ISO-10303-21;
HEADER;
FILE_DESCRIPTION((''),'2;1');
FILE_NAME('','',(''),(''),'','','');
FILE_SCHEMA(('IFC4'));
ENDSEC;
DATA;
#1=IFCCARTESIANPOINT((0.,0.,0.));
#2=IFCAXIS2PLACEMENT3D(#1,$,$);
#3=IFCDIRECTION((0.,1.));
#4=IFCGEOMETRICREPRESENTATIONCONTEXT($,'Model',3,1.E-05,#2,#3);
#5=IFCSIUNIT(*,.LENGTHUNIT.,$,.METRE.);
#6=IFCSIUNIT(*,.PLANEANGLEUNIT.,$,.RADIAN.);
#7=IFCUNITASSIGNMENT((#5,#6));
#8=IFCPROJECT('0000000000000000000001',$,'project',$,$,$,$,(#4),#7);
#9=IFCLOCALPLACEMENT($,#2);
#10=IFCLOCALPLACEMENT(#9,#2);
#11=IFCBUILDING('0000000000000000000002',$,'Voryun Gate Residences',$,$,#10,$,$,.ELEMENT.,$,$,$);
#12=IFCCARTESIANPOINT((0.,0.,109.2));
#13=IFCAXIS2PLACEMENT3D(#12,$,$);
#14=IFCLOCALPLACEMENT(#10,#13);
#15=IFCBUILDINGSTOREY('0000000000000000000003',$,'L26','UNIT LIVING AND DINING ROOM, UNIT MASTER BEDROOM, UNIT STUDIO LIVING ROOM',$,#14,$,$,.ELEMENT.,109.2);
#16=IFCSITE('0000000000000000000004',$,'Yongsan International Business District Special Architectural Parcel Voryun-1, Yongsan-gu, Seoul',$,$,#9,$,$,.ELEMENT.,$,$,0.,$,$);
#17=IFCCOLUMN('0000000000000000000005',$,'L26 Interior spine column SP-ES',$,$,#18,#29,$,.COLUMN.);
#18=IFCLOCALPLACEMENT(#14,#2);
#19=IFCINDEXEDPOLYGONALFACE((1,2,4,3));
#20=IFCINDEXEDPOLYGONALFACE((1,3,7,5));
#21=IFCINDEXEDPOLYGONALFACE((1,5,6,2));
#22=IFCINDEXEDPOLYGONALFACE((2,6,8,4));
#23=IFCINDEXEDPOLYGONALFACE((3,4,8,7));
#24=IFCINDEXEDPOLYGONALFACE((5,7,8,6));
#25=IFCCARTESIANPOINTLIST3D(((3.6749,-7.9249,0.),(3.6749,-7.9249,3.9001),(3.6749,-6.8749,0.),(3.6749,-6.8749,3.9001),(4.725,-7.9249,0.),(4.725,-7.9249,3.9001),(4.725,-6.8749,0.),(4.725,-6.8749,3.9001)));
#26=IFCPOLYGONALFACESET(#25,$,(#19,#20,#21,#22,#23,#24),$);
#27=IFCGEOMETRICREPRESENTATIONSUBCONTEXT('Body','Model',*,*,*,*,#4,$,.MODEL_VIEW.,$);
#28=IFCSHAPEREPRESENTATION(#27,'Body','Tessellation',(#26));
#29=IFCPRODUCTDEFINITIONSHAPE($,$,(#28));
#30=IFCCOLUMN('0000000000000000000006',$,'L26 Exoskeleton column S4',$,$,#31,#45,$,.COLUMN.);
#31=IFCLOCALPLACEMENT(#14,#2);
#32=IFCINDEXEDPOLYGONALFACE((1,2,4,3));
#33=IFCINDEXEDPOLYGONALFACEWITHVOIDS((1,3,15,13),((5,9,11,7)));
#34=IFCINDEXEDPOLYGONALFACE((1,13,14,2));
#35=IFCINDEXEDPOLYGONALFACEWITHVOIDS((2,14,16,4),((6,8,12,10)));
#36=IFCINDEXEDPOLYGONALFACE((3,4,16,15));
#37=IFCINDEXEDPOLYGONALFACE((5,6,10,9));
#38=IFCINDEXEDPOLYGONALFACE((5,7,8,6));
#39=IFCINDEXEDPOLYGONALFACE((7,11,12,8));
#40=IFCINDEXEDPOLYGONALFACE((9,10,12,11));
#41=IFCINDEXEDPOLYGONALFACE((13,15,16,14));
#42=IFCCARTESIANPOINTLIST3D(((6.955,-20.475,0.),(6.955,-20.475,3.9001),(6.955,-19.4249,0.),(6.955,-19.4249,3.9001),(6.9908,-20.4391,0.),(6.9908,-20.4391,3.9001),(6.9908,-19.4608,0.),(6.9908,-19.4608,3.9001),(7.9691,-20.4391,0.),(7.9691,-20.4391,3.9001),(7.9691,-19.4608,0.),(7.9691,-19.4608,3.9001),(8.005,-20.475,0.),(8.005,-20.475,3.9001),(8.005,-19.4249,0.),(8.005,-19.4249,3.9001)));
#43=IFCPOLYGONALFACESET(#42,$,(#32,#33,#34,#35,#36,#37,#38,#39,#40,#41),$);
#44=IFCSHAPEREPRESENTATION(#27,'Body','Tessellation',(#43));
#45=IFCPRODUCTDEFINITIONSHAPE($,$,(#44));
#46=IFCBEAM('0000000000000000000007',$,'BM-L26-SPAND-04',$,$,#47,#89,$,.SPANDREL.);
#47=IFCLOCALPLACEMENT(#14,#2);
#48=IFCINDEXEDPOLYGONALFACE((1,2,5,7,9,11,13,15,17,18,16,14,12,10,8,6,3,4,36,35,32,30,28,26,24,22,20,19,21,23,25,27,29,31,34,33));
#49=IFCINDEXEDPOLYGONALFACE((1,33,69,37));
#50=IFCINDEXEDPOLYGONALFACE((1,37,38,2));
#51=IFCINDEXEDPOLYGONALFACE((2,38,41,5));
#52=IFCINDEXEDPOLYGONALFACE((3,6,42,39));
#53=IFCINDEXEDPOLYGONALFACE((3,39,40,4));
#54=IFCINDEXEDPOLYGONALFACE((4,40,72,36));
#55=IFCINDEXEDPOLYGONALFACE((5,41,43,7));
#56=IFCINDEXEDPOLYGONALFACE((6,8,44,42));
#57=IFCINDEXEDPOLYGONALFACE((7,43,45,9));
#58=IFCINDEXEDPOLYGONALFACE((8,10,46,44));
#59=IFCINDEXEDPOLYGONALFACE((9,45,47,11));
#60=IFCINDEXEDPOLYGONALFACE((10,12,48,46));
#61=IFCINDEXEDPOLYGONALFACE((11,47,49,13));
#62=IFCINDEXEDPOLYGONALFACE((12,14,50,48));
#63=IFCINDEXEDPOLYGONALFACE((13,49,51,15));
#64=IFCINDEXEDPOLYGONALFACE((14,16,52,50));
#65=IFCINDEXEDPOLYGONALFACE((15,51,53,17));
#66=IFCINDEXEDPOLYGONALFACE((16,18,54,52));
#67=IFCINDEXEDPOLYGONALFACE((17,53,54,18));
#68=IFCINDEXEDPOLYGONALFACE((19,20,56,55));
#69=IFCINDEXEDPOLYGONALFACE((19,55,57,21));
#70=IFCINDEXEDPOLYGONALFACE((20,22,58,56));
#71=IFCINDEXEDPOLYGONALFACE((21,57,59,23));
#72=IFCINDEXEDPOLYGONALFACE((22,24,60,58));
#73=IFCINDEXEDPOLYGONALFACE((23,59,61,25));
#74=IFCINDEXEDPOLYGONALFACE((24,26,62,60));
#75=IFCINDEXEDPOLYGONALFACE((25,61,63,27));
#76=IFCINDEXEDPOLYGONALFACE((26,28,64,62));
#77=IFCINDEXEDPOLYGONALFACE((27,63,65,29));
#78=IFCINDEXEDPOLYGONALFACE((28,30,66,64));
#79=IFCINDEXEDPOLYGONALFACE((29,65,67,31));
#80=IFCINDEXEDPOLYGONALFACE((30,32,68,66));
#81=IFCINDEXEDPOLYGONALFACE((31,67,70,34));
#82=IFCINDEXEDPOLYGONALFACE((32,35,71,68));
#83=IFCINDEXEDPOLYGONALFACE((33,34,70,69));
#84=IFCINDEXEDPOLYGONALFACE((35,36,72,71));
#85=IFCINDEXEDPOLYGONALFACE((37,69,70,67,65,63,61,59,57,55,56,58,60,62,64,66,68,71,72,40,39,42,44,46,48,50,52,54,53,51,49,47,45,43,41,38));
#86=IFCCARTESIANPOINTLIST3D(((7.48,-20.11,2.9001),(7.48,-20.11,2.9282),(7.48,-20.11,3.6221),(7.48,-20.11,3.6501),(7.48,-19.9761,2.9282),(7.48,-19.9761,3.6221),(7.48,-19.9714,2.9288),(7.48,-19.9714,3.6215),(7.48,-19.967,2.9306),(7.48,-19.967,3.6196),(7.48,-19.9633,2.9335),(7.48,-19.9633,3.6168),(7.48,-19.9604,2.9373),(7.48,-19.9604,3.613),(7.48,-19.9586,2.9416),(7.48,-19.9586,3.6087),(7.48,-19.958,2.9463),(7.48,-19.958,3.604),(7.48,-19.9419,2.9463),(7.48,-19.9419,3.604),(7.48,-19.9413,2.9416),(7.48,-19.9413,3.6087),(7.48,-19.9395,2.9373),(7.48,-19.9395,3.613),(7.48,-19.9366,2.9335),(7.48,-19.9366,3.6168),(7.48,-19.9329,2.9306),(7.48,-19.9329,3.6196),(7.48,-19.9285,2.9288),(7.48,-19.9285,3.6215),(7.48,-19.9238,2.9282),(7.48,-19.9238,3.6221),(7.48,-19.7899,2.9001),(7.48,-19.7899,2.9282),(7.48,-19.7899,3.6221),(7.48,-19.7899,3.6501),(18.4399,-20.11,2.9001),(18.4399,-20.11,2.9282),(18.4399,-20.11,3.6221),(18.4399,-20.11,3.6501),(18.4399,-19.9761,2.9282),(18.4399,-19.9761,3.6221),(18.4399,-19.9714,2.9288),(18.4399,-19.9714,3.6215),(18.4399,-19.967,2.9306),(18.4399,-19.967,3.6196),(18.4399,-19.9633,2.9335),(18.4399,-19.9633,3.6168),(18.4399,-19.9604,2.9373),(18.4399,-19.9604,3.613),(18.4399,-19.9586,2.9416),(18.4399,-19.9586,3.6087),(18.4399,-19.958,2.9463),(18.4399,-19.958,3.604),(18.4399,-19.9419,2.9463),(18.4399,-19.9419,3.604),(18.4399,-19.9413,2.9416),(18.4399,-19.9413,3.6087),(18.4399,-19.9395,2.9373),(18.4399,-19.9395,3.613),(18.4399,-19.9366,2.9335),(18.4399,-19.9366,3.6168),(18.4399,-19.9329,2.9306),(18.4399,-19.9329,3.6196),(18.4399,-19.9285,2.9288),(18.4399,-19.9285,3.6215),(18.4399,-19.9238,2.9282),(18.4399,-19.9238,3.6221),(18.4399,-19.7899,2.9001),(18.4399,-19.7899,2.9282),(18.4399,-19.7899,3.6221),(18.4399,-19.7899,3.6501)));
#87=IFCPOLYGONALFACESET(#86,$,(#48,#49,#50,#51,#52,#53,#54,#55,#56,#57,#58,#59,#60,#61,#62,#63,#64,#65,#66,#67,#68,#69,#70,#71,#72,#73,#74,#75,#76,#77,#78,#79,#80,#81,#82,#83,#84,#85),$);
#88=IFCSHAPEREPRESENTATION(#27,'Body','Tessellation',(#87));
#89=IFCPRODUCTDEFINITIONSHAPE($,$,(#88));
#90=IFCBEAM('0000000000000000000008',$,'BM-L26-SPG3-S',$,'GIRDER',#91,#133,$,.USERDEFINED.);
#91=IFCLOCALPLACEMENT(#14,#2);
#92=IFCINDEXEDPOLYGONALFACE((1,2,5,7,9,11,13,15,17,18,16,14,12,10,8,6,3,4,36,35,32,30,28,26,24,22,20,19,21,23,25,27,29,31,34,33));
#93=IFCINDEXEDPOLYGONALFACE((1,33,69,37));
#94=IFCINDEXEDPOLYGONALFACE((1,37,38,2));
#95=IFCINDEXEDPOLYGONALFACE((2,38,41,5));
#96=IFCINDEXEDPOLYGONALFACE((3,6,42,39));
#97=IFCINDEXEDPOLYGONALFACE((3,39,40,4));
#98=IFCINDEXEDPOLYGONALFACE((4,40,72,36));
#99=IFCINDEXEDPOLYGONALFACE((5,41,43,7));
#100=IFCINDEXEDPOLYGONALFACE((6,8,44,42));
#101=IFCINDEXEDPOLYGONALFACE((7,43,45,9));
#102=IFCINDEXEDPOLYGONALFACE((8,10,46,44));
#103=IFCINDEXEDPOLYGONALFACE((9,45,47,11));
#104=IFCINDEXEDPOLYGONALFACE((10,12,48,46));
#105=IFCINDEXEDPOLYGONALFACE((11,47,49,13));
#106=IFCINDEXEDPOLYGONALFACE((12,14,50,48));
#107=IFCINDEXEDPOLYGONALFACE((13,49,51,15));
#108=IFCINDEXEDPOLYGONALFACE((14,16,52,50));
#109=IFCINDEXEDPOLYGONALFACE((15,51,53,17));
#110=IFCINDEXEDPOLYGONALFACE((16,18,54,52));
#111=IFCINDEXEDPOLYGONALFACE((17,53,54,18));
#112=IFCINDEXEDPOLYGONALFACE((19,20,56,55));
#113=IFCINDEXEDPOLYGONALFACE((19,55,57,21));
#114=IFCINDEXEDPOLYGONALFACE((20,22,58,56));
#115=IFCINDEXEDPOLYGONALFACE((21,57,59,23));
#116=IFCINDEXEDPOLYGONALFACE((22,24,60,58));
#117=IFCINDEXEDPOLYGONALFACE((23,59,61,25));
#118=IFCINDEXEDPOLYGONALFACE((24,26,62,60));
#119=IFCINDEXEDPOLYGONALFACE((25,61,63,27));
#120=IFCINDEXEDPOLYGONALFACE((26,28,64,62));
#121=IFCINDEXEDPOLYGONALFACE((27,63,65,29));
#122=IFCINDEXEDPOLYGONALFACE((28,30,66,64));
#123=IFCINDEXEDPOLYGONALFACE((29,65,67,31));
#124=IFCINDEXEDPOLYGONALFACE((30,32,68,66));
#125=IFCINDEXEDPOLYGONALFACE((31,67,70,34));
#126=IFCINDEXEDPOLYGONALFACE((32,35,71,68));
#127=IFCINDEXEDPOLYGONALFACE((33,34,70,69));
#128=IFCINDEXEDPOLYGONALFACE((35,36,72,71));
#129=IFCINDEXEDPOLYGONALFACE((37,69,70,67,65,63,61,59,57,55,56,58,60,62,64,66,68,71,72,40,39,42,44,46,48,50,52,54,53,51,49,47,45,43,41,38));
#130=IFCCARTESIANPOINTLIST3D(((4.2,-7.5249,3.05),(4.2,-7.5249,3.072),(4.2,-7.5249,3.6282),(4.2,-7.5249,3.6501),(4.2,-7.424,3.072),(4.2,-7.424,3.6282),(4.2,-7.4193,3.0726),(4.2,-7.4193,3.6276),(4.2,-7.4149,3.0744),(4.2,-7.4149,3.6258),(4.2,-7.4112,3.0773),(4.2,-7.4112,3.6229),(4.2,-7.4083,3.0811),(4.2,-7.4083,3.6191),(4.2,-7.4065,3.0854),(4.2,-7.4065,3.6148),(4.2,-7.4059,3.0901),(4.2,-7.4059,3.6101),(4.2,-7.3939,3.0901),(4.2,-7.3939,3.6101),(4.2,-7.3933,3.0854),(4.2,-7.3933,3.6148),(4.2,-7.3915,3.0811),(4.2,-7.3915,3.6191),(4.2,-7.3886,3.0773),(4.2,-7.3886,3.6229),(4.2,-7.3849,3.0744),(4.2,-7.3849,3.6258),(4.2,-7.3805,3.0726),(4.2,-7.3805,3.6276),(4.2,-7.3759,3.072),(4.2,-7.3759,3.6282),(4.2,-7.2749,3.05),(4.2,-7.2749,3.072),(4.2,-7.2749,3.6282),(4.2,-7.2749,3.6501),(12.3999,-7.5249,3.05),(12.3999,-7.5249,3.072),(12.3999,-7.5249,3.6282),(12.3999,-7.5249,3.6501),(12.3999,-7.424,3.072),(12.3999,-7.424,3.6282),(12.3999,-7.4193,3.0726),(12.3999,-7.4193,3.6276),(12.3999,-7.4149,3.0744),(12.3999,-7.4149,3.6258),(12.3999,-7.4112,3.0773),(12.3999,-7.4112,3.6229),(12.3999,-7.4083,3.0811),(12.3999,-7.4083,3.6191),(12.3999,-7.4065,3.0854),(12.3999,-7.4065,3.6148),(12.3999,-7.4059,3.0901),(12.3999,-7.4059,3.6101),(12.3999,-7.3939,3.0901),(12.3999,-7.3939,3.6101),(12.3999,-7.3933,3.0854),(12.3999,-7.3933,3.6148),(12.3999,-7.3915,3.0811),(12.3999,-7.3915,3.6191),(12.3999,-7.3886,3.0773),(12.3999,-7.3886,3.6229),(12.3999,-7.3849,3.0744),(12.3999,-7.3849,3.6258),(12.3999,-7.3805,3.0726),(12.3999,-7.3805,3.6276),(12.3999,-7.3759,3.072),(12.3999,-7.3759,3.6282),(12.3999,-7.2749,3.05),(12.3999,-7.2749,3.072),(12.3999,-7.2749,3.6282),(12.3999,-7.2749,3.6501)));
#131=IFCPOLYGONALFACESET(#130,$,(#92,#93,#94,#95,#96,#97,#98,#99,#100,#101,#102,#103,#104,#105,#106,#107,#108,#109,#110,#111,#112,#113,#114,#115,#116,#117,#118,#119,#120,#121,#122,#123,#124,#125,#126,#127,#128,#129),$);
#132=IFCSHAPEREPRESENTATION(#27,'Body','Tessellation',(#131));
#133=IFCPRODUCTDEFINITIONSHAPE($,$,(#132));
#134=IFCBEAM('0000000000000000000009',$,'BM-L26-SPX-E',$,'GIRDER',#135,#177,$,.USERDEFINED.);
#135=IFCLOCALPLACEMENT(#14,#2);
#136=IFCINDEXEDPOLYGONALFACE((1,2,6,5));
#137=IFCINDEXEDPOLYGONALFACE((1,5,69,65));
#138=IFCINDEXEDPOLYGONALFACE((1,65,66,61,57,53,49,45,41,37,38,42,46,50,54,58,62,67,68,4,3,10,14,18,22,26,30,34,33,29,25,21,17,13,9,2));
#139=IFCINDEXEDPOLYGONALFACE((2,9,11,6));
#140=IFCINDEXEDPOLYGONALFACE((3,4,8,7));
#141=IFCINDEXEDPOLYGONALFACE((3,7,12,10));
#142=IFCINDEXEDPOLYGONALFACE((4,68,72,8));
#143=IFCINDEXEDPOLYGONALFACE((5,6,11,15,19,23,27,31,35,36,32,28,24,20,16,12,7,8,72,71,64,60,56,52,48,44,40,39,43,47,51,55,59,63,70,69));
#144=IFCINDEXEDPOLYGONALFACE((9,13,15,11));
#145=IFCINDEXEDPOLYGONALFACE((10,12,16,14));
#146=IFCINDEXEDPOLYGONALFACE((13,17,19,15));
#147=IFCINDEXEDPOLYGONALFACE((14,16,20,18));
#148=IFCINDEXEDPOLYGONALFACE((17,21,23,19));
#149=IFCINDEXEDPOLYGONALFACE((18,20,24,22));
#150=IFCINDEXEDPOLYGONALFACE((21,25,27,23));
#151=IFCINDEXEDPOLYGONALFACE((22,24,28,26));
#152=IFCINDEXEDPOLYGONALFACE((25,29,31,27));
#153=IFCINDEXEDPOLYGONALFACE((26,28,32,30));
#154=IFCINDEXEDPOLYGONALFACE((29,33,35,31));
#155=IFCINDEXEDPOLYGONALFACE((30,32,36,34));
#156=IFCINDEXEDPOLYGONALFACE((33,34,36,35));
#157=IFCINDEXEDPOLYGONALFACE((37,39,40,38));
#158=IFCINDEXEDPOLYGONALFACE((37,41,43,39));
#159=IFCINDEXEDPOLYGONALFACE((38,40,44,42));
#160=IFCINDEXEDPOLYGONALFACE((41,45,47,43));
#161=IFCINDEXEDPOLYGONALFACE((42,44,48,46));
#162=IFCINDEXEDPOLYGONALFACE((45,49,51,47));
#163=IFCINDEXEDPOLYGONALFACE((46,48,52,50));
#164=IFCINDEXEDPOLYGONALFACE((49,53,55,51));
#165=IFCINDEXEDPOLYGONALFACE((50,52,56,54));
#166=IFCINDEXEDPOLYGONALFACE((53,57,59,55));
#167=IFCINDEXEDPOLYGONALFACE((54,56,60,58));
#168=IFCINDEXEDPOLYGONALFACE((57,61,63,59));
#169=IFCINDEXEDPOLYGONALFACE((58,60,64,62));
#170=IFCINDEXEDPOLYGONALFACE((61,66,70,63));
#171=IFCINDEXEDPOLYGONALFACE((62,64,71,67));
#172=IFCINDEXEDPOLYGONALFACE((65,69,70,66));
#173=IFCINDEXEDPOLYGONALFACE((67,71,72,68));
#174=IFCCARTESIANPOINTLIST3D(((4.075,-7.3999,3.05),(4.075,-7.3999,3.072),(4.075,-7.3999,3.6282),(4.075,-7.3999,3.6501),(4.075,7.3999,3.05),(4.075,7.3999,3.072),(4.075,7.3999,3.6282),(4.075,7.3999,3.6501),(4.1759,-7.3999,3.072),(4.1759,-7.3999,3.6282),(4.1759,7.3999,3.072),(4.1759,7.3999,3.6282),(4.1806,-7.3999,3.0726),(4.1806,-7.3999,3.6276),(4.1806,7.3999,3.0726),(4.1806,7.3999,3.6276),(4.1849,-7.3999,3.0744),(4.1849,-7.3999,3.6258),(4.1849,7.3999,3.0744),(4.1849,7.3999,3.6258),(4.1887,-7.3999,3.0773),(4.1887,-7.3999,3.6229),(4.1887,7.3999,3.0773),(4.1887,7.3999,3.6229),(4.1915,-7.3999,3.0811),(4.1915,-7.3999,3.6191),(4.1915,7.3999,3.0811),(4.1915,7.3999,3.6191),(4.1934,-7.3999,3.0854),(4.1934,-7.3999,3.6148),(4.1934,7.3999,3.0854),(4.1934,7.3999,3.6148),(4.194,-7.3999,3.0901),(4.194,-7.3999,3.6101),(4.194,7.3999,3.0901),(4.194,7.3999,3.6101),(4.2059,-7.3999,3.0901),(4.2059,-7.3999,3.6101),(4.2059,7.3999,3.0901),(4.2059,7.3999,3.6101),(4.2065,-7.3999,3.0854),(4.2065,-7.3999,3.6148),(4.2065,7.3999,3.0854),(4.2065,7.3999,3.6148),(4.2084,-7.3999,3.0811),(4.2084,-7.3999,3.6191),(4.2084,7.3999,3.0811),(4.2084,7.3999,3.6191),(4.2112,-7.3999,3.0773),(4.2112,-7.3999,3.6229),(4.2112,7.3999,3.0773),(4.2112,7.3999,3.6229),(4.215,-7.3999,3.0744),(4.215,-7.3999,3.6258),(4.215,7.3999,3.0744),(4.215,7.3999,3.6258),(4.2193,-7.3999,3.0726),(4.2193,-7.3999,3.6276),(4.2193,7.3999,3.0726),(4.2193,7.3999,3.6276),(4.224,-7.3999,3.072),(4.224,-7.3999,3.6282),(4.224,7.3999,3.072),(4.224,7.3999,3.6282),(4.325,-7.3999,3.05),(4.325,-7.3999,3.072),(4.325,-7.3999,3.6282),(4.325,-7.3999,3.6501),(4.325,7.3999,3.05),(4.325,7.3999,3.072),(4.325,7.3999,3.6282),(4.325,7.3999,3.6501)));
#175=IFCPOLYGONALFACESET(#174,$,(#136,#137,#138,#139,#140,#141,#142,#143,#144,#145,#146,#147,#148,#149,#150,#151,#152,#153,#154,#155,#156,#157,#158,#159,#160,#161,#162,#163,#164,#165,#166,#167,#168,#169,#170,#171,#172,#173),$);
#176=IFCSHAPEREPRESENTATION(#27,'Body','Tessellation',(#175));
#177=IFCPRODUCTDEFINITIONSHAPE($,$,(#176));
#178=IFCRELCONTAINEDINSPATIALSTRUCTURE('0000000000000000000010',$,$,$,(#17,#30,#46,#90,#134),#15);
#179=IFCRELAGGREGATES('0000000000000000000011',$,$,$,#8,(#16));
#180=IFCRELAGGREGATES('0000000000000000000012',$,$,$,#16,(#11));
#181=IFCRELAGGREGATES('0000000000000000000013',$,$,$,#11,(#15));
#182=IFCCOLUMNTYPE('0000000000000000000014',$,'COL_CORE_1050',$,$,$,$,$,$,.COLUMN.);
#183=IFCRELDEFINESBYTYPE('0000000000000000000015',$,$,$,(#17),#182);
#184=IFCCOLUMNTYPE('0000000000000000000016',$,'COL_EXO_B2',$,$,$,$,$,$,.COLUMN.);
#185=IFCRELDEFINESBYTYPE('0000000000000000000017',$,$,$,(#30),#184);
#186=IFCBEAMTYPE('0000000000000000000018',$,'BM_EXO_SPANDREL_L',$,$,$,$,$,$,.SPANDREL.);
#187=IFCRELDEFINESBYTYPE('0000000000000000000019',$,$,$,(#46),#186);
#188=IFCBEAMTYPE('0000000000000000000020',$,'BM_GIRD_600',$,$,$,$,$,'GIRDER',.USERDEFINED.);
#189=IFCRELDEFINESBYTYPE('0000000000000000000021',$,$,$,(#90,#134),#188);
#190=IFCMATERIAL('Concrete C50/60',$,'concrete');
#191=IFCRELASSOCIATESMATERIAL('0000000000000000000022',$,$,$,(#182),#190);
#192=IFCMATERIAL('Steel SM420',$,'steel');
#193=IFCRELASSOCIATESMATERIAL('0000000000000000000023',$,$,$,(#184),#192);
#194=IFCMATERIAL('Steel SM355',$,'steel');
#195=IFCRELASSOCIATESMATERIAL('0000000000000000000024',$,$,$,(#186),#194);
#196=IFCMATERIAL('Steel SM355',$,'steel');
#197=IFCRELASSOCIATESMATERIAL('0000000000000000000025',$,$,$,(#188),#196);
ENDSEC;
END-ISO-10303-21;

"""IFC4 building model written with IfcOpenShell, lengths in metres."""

from ifc_helpers import new_model, si_unit, direction, frame, origin, origin_2d, place, context, subcontext, project, spatial, rectangle, hollow_rectangle, i_section, extrude, material, material_profile, profile_set, type_object, element, save


model = new_model("IFC4")

# Units and contexts
model_context = context("Model", 3, precision=1e-05, world=origin(), true_north=direction((0.0, 1.0)))
body_context = subcontext(model_context, "Body", "Model", "MODEL_VIEW")
ifc_project = project(units=[si_unit("LENGTHUNIT", "METRE"), si_unit("PLANEANGLEUNIT", "RADIAN")], contexts=[model_context])

# Site, building, storey
site_placement = place(None, origin())
site = spatial("IfcSite", under=ifc_project, at=site_placement, Name="Yongsan International Business District Special Architectural Parcel Voryun-1, Yongsan-gu, Seoul", CompositionType="ELEMENT", RefElevation=0.0)
building_placement = place(site_placement, origin())
building = spatial("IfcBuilding", under=site, at=building_placement, Name="Voryun Gate Residences", CompositionType="ELEMENT")
storey_placement = place(building_placement, frame((0.0, 0.0, 109.2)))
storey = spatial("IfcBuildingStorey", under=building, at=storey_placement, Name="L26", Description="UNIT LIVING AND DINING ROOM, UNIT MASTER BEDROOM, UNIT STUDIO LIVING ROOM", CompositionType="ELEMENT", Elevation=109.2)

# Columns
ifc_material_1 = material(Name="Concrete C50/60", Category="concrete")
ifc_material_profile_1 = material_profile(ifc_material_1, rectangle(XDim=1.05, YDim=1.05, at=origin_2d()), Name="RC-1050x1050")
ifc_profile_set_1 = profile_set([ifc_material_profile_1], Name="Concrete C50/60")
column_type_1 = type_object("IfcColumnType", Name="COL_CORE_1050", PredefinedType="COLUMN", material=ifc_profile_set_1)
column_1_placement = place(storey_placement, frame((4.2, -7.3999, 0.0), z_axis=(0.0, 0.0, 1.0), x_axis=(1.0, 0.0, 0.0)))
element("IfcColumn", 1, at=column_1_placement, inside=storey, type_object=column_type_1, Name="L26 Interior spine column SP-ES", PredefinedType="COLUMN", context=body_context, shape_type="SweptSolid", body=[
    extrude(rectangle(XDim=1.05, YDim=1.05, at=origin_2d()), origin(), (0.0, 0.0, 1.0), 3.9001),
])
ifc_material_2 = material(Name="Steel SM420", Category="steel")
ifc_material_profile_2 = material_profile(ifc_material_2, hollow_rectangle(XDim=1.05, YDim=1.05, WallThickness=0.0359, at=origin_2d()), Name="BOX-1050x1050x36")
ifc_profile_set_2 = profile_set([ifc_material_profile_2], Name="Steel SM420")
column_type_2 = type_object("IfcColumnType", Name="COL_EXO_B2", PredefinedType="COLUMN", material=ifc_profile_set_2)
column_2_placement = place(storey_placement, frame((7.48, -19.95, 0.0), z_axis=(0.0, 0.0, 1.0), x_axis=(1.0, 0.0, 0.0)))
element("IfcColumn", 2, at=column_2_placement, inside=storey, type_object=column_type_2, Name="L26 Exoskeleton column S4", PredefinedType="COLUMN", context=body_context, shape_type="SweptSolid", body=[
    extrude(hollow_rectangle(XDim=1.05, YDim=1.05, WallThickness=0.0359, at=origin_2d()), origin(), (0.0, 0.0, 1.0), 3.9001),
])

# Beams
ifc_material_3 = material(Name="Steel SM355", Category="steel")
ifc_material_profile_3 = material_profile(ifc_material_3, i_section(OverallWidth=0.3201, OverallDepth=0.75, WebThickness=0.0161, FlangeThickness=0.0281, FilletRadius=0.0181, at=origin_2d()), Name="H-750x320x16x28")
ifc_profile_set_3 = profile_set([ifc_material_profile_3], Name="Steel SM355")
beam_type_1 = type_object("IfcBeamType", Name="BM_EXO_SPANDREL_L", PredefinedType="SPANDREL", material=ifc_profile_set_3)
beam_1_placement = place(storey_placement, frame((7.48, -19.95, 3.2751), z_axis=(1.0, 0.0, 0.0), x_axis=(0.0, 1.0, 0.0)))
element("IfcBeam", 3, at=beam_1_placement, inside=storey, type_object=beam_type_1, Name="BM-L26-SPAND-04", PredefinedType="SPANDREL", context=body_context, shape_type="SweptSolid", body=[
    extrude(i_section(OverallWidth=0.3201, OverallDepth=0.75, WebThickness=0.0161, FlangeThickness=0.0281, FilletRadius=0.0181, at=origin_2d()), origin(), (0.0, 0.0, 1.0), 10.96),
])
ifc_material_4 = material(Name="Steel SM355", Category="steel")
ifc_material_profile_4 = material_profile(ifc_material_4, i_section(OverallWidth=0.25, OverallDepth=0.6001, WebThickness=0.012, FlangeThickness=0.022, FilletRadius=0.0181, at=origin_2d()), Name="H-600x250x12x22")
ifc_profile_set_4 = profile_set([ifc_material_profile_4], Name="Steel SM355")
beam_type_2 = type_object("IfcBeamType", Name="BM_GIRD_600", ElementType="GIRDER", PredefinedType="USERDEFINED", material=ifc_profile_set_4)
beam_2_placement = place(storey_placement, frame((4.2, -7.3999, 3.3501), z_axis=(1.0, 0.0, 0.0), x_axis=(0.0, 1.0, 0.0)))
element("IfcBeam", 4, at=beam_2_placement, inside=storey, type_object=beam_type_2, Name="BM-L26-SPG3-S", ObjectType="GIRDER", PredefinedType="USERDEFINED", context=body_context, shape_type="SweptSolid", body=[
    extrude(i_section(OverallWidth=0.25, OverallDepth=0.6001, WebThickness=0.012, FlangeThickness=0.022, FilletRadius=0.0181, at=origin_2d()), origin(), (0.0, 0.0, 1.0), 8.2),
])
beam_3_placement = place(storey_placement, frame((4.2, -7.3999, 3.3501), z_axis=(0.0, 1.0, 0.0), x_axis=(-1.0, 0.0, 0.0)))
element("IfcBeam", 5, at=beam_3_placement, inside=storey, type_object=beam_type_2, Name="BM-L26-SPX-E", ObjectType="GIRDER", PredefinedType="USERDEFINED", context=body_context, shape_type="SweptSolid", body=[
    extrude(i_section(OverallWidth=0.25, OverallDepth=0.6001, WebThickness=0.012, FlangeThickness=0.022, FilletRadius=0.0181, at=origin_2d()), origin(), (0.0, 0.0, 1.0), 14.7998),
])

save(model, "model.ifc")
